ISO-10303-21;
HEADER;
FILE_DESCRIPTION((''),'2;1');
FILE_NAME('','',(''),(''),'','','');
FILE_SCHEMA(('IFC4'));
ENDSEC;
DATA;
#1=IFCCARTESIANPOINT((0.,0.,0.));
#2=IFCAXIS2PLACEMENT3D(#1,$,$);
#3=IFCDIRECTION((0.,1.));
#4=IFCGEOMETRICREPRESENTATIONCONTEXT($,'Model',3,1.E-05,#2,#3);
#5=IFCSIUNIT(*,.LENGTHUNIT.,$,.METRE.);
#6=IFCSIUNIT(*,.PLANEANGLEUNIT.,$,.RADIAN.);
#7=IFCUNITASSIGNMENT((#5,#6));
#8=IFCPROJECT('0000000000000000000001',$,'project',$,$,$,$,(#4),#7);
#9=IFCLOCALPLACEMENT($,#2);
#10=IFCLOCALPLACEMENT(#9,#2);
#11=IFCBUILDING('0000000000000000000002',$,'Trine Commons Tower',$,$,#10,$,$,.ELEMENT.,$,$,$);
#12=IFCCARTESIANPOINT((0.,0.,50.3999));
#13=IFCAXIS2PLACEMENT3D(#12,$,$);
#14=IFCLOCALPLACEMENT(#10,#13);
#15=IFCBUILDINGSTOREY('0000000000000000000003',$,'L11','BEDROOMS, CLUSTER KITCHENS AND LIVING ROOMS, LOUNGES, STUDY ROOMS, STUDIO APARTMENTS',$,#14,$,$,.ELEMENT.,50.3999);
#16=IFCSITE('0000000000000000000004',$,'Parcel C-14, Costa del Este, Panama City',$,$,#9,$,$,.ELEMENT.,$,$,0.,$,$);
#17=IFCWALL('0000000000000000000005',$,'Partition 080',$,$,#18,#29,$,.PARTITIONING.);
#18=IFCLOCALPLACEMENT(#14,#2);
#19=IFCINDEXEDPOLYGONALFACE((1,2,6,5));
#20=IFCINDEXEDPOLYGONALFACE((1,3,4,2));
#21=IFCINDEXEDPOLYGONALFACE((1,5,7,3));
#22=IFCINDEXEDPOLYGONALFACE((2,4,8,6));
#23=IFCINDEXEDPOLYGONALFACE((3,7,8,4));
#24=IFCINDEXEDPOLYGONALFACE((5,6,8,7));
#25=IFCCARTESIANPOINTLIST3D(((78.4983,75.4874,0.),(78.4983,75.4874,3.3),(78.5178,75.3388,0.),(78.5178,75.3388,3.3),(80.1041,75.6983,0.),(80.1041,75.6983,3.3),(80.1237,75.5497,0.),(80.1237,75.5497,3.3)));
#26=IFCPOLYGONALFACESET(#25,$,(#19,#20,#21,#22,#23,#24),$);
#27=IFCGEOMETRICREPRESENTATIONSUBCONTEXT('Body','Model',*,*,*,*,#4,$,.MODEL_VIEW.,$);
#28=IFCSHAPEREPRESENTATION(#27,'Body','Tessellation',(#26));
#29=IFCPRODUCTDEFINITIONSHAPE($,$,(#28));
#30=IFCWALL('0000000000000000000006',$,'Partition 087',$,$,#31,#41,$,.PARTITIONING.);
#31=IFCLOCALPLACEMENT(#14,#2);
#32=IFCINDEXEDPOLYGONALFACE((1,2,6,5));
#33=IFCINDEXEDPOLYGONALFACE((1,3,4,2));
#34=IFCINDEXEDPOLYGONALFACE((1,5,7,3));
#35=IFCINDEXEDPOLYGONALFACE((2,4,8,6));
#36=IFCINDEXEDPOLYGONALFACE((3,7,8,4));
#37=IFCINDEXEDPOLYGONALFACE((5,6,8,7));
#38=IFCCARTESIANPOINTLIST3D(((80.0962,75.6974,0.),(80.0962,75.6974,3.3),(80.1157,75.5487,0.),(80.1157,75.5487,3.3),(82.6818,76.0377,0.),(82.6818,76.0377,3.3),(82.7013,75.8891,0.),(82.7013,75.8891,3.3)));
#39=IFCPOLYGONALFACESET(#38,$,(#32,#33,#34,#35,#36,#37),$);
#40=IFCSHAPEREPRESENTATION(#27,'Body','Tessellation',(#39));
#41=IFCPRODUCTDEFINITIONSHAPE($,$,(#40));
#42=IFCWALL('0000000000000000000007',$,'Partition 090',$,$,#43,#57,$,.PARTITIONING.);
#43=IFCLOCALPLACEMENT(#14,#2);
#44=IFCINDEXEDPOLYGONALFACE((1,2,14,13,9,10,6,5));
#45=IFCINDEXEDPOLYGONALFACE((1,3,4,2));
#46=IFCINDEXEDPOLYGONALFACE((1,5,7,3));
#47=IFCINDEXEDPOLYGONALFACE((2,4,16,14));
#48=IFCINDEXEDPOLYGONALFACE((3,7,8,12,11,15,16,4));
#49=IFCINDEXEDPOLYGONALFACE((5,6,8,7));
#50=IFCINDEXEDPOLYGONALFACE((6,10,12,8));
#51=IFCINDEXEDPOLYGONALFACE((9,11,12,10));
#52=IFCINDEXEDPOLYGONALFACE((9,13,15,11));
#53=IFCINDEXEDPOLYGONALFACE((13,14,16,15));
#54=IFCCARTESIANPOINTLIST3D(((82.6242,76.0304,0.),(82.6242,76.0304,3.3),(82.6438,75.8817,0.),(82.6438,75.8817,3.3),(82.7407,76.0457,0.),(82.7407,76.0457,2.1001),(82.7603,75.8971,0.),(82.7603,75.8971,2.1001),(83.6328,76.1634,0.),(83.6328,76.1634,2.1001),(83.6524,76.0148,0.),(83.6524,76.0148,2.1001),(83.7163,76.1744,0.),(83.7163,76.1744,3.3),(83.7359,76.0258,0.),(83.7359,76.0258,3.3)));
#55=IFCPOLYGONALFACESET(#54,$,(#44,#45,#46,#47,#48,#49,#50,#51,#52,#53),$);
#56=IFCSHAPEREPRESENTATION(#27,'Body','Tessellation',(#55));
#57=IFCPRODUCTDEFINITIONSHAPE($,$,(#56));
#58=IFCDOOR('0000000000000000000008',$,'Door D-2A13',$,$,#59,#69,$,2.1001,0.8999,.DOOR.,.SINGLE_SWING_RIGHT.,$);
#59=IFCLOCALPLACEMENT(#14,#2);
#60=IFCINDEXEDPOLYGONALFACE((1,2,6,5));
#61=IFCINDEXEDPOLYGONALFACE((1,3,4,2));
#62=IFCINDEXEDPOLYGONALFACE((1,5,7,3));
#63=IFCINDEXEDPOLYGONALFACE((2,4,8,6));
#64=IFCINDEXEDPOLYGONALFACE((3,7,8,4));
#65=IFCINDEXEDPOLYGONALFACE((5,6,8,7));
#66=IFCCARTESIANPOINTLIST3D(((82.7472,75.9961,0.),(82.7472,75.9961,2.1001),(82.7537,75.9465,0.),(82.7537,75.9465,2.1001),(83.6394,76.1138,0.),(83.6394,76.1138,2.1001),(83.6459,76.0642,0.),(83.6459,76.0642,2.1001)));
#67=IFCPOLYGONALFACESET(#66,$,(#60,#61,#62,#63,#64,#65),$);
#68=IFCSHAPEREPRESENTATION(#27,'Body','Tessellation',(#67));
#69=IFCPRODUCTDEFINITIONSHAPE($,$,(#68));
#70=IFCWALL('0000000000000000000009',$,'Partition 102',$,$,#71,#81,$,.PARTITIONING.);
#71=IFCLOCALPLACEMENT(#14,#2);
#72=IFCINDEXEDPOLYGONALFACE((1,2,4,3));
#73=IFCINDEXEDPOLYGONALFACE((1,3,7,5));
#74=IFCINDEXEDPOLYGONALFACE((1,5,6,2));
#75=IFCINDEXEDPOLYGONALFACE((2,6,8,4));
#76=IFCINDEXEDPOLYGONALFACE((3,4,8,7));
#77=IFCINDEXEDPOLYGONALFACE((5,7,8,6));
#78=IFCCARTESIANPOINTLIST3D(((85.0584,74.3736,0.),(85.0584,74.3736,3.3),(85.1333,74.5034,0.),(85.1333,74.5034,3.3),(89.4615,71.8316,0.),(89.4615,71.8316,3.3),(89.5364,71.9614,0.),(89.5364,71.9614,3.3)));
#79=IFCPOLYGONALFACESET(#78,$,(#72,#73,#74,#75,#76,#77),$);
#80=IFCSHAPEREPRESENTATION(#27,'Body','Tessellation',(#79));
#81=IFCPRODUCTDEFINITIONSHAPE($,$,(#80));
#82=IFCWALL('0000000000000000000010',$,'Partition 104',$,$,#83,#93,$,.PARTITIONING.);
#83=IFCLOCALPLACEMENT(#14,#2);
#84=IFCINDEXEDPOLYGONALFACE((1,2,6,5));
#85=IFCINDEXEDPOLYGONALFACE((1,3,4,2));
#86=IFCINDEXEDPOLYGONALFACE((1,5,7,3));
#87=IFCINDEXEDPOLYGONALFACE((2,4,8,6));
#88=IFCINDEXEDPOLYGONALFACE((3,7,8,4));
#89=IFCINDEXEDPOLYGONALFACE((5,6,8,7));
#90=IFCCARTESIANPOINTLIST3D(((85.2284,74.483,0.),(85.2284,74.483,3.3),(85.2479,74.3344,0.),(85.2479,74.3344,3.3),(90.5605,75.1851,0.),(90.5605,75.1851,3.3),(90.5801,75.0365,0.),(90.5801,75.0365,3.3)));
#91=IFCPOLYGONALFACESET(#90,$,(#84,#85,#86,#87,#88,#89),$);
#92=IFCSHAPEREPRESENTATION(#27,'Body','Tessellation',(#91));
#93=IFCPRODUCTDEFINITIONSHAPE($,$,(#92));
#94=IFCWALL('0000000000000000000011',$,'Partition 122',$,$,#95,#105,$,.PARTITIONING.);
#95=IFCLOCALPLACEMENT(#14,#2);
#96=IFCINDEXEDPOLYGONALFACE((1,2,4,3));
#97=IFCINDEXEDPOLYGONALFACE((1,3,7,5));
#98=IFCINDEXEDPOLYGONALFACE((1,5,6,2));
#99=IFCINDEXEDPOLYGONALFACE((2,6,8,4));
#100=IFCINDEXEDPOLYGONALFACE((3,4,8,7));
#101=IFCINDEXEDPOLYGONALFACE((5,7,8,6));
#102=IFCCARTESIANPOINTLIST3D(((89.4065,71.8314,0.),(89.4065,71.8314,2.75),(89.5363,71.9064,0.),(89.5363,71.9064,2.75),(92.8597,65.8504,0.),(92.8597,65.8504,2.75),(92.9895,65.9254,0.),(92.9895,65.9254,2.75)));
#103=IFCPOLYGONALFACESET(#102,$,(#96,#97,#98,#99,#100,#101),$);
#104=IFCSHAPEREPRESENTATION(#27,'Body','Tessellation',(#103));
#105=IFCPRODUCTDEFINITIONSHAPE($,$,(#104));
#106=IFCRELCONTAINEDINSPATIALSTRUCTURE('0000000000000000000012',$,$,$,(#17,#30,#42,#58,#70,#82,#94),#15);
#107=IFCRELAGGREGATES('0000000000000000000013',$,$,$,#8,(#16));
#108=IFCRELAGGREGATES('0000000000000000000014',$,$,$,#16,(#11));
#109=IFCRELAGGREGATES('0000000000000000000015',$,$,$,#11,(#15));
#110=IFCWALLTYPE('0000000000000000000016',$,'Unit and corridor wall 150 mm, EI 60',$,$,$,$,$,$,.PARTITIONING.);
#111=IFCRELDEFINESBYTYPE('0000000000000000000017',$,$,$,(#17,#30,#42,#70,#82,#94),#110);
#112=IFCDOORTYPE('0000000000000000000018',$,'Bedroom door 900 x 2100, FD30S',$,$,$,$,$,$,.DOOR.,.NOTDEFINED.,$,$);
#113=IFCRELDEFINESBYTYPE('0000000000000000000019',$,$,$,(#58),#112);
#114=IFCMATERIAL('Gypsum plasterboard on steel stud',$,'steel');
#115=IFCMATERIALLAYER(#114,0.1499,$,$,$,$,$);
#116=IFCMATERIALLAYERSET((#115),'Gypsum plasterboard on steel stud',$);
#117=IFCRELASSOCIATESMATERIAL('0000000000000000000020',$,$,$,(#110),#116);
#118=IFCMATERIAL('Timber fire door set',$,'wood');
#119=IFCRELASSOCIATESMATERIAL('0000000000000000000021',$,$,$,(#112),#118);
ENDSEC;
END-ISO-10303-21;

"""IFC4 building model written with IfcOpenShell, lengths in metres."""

from ifc_helpers import new_model, si_unit, direction, frame, frame_2d, origin, place, context, subcontext, project, spatial, rectangle, extrude, material, layer, layer_set, type_object, element, fill, save


model = new_model("IFC4")

# Units and contexts
model_context = context("Model", 3, precision=1e-05, world=origin(), true_north=direction((0.0, 1.0)))
body_context = subcontext(model_context, "Body", "Model", "MODEL_VIEW")
ifc_project = project(units=[si_unit("LENGTHUNIT", "METRE"), si_unit("PLANEANGLEUNIT", "RADIAN")], contexts=[model_context])

# Site, building, storey
site_placement = place(None, origin())
site = spatial("IfcSite", under=ifc_project, at=site_placement, Name="Parcel C-14, Costa del Este, Panama City", CompositionType="ELEMENT", RefElevation=0.0)
building_placement = place(site_placement, origin())
building = spatial("IfcBuilding", under=site, at=building_placement, Name="Trine Commons Tower", CompositionType="ELEMENT")
storey_placement = place(building_placement, frame((0.0, 0.0, 50.3999)))
storey = spatial("IfcBuildingStorey", under=building, at=storey_placement, Name="L11", Description="BEDROOMS, CLUSTER KITCHENS AND LIVING ROOMS, LOUNGES, STUDY ROOMS, STUDIO APARTMENTS", CompositionType="ELEMENT", Elevation=50.3999)

# Shared definitions
ifc_material_1 = material(Name="Gypsum plasterboard on steel stud", Category="steel")
ifc_layer_1 = layer(ifc_material_1, 0.1499)
ifc_layer_set_1 = layer_set([ifc_layer_1], Name="Gypsum plasterboard on steel stud")
wall_type_1 = type_object("IfcWallType", Name="Unit and corridor wall 150 mm, EI 60", PredefinedType="PARTITIONING", material=ifc_layer_set_1)

# Walls
wall_1_placement = place(storey_placement, frame((78.5081, 75.4131, 0.0), z_axis=(0.0, 0.0, 1.0), x_axis=(0.991484, 0.130228, 0.0)))
element("IfcWall", 1, at=wall_1_placement, inside=storey, type_object=wall_type_1, Name="Partition 080", PredefinedType="PARTITIONING", context=body_context, shape_type="SweptSolid", body=[
    extrude(rectangle(XDim=1.6196, YDim=0.1499, at=frame_2d((0.8098, 0.0))), origin(), (0.0, 0.0, 1.0), 3.3),
])
wall_2_placement = place(storey_placement, frame((80.106, 75.623, 0.0), z_axis=(0.0, 0.0, 1.0), x_axis=(0.991449, 0.130496, 0.0)))
element("IfcWall", 2, at=wall_2_placement, inside=storey, type_object=wall_type_1, Name="Partition 087", PredefinedType="PARTITIONING", context=body_context, shape_type="SweptSolid", body=[
    extrude(rectangle(XDim=2.6079, YDim=0.1499, at=frame_2d((1.304, 0.0))), origin(), (0.0, 0.0, 1.0), 3.3),
])

# Wall, opening, door
wall_3_placement = place(storey_placement, frame((82.634, 75.9561, 0.0), z_axis=(0.0, 0.0, 1.0), x_axis=(0.991413, 0.13077, 0.0)))
wall_3 = element("IfcWall", 3, at=wall_3_placement, inside=storey, type_object=wall_type_1, Name="Partition 090", PredefinedType="PARTITIONING", context=body_context, shape_type="SweptSolid", body=[
    extrude(rectangle(XDim=1.1016, YDim=0.1499, at=frame_2d((0.5508, 0.0))), origin(), (0.0, 0.0, 1.0), 3.3),
])
opening_1_placement = place(wall_3_placement, frame((0.1174, 0.0, 0.0)))
opening_1 = element("IfcOpeningElement", 4, at=opening_1_placement, cuts=wall_3, PredefinedType="OPENING", context=body_context, shape_type="SweptSolid", body=[
    extrude(rectangle(XDim=0.8999, YDim=2.1001, at=frame_2d((0.45, 1.05))), frame((0.0, 0.085, 0.0), z_axis=(0.0, -1.0, 0.0), x_axis=(1.0, 0.0, 0.0)), (0.0, 0.0, 1.0), 0.1699),
])
ifc_material_2 = material(Name="Timber fire door set", Category="wood")
door_type_1 = type_object("IfcDoorType", Name="Bedroom door 900 x 2100, FD30S", OperationType="NOTDEFINED", PredefinedType="DOOR", material=ifc_material_2)
door_1_placement = place(opening_1_placement, origin())
door_1 = element("IfcDoor", 5, at=door_1_placement, inside=storey, type_object=door_type_1, Name="Door D-2A13", OperationType="SINGLE_SWING_RIGHT", OverallHeight=2.1001, OverallWidth=0.8999, PredefinedType="DOOR", context=body_context, shape_type="SweptSolid", body=[
    extrude(rectangle(XDim=0.8999, YDim=2.1001, at=frame_2d((0.45, 1.05))), frame((0.0, 0.0249, 0.0), z_axis=(0.0, -1.0, 0.0), x_axis=(1.0, 0.0, 0.0)), (0.0, 0.0, 1.0), 0.05),
])
fill(opening_1, door_1)

# Walls
wall_4_placement = place(storey_placement, frame((85.0959, 74.4385, 0.0), z_axis=(0.0, 0.0, 1.0), x_axis=(0.866036, -0.499982, 0.0)))
element("IfcWall", 6, at=wall_4_placement, inside=storey, type_object=wall_type_1, Name="Partition 102", PredefinedType="PARTITIONING", context=body_context, shape_type="SweptSolid", body=[
    extrude(rectangle(XDim=5.0842, YDim=0.1499, at=frame_2d((2.542, 0.0))), origin(), (0.0, 0.0, 1.0), 3.3),
])
wall_5_placement = place(storey_placement, frame((85.2383, 74.4087, 0.0), z_axis=(0.0, 0.0, 1.0), x_axis=(0.991441, 0.130558, 0.0)))
element("IfcWall", 7, at=wall_5_placement, inside=storey, type_object=wall_type_1, Name="Partition 104", PredefinedType="PARTITIONING", context=body_context, shape_type="SweptSolid", body=[
    extrude(rectangle(XDim=5.3782, YDim=0.1499, at=frame_2d((2.689, 0.0))), origin(), (0.0, 0.0, 1.0), 3.3),
])
wall_6_placement = place(storey_placement, frame((89.4714, 71.8689, 0.0), z_axis=(0.0, 0.0, 1.0), x_axis=(0.500002, -0.866024, 0.0)))
element("IfcWall", 8, at=wall_6_placement, inside=storey, type_object=wall_type_1, Name="Partition 122", PredefinedType="PARTITIONING", context=body_context, shape_type="SweptSolid", body=[
    extrude(rectangle(XDim=6.9062, YDim=0.1499, at=frame_2d((3.4531, 0.0))), origin(), (0.0, 0.0, 1.0), 2.75),
])

save(model, "model.ifc")
